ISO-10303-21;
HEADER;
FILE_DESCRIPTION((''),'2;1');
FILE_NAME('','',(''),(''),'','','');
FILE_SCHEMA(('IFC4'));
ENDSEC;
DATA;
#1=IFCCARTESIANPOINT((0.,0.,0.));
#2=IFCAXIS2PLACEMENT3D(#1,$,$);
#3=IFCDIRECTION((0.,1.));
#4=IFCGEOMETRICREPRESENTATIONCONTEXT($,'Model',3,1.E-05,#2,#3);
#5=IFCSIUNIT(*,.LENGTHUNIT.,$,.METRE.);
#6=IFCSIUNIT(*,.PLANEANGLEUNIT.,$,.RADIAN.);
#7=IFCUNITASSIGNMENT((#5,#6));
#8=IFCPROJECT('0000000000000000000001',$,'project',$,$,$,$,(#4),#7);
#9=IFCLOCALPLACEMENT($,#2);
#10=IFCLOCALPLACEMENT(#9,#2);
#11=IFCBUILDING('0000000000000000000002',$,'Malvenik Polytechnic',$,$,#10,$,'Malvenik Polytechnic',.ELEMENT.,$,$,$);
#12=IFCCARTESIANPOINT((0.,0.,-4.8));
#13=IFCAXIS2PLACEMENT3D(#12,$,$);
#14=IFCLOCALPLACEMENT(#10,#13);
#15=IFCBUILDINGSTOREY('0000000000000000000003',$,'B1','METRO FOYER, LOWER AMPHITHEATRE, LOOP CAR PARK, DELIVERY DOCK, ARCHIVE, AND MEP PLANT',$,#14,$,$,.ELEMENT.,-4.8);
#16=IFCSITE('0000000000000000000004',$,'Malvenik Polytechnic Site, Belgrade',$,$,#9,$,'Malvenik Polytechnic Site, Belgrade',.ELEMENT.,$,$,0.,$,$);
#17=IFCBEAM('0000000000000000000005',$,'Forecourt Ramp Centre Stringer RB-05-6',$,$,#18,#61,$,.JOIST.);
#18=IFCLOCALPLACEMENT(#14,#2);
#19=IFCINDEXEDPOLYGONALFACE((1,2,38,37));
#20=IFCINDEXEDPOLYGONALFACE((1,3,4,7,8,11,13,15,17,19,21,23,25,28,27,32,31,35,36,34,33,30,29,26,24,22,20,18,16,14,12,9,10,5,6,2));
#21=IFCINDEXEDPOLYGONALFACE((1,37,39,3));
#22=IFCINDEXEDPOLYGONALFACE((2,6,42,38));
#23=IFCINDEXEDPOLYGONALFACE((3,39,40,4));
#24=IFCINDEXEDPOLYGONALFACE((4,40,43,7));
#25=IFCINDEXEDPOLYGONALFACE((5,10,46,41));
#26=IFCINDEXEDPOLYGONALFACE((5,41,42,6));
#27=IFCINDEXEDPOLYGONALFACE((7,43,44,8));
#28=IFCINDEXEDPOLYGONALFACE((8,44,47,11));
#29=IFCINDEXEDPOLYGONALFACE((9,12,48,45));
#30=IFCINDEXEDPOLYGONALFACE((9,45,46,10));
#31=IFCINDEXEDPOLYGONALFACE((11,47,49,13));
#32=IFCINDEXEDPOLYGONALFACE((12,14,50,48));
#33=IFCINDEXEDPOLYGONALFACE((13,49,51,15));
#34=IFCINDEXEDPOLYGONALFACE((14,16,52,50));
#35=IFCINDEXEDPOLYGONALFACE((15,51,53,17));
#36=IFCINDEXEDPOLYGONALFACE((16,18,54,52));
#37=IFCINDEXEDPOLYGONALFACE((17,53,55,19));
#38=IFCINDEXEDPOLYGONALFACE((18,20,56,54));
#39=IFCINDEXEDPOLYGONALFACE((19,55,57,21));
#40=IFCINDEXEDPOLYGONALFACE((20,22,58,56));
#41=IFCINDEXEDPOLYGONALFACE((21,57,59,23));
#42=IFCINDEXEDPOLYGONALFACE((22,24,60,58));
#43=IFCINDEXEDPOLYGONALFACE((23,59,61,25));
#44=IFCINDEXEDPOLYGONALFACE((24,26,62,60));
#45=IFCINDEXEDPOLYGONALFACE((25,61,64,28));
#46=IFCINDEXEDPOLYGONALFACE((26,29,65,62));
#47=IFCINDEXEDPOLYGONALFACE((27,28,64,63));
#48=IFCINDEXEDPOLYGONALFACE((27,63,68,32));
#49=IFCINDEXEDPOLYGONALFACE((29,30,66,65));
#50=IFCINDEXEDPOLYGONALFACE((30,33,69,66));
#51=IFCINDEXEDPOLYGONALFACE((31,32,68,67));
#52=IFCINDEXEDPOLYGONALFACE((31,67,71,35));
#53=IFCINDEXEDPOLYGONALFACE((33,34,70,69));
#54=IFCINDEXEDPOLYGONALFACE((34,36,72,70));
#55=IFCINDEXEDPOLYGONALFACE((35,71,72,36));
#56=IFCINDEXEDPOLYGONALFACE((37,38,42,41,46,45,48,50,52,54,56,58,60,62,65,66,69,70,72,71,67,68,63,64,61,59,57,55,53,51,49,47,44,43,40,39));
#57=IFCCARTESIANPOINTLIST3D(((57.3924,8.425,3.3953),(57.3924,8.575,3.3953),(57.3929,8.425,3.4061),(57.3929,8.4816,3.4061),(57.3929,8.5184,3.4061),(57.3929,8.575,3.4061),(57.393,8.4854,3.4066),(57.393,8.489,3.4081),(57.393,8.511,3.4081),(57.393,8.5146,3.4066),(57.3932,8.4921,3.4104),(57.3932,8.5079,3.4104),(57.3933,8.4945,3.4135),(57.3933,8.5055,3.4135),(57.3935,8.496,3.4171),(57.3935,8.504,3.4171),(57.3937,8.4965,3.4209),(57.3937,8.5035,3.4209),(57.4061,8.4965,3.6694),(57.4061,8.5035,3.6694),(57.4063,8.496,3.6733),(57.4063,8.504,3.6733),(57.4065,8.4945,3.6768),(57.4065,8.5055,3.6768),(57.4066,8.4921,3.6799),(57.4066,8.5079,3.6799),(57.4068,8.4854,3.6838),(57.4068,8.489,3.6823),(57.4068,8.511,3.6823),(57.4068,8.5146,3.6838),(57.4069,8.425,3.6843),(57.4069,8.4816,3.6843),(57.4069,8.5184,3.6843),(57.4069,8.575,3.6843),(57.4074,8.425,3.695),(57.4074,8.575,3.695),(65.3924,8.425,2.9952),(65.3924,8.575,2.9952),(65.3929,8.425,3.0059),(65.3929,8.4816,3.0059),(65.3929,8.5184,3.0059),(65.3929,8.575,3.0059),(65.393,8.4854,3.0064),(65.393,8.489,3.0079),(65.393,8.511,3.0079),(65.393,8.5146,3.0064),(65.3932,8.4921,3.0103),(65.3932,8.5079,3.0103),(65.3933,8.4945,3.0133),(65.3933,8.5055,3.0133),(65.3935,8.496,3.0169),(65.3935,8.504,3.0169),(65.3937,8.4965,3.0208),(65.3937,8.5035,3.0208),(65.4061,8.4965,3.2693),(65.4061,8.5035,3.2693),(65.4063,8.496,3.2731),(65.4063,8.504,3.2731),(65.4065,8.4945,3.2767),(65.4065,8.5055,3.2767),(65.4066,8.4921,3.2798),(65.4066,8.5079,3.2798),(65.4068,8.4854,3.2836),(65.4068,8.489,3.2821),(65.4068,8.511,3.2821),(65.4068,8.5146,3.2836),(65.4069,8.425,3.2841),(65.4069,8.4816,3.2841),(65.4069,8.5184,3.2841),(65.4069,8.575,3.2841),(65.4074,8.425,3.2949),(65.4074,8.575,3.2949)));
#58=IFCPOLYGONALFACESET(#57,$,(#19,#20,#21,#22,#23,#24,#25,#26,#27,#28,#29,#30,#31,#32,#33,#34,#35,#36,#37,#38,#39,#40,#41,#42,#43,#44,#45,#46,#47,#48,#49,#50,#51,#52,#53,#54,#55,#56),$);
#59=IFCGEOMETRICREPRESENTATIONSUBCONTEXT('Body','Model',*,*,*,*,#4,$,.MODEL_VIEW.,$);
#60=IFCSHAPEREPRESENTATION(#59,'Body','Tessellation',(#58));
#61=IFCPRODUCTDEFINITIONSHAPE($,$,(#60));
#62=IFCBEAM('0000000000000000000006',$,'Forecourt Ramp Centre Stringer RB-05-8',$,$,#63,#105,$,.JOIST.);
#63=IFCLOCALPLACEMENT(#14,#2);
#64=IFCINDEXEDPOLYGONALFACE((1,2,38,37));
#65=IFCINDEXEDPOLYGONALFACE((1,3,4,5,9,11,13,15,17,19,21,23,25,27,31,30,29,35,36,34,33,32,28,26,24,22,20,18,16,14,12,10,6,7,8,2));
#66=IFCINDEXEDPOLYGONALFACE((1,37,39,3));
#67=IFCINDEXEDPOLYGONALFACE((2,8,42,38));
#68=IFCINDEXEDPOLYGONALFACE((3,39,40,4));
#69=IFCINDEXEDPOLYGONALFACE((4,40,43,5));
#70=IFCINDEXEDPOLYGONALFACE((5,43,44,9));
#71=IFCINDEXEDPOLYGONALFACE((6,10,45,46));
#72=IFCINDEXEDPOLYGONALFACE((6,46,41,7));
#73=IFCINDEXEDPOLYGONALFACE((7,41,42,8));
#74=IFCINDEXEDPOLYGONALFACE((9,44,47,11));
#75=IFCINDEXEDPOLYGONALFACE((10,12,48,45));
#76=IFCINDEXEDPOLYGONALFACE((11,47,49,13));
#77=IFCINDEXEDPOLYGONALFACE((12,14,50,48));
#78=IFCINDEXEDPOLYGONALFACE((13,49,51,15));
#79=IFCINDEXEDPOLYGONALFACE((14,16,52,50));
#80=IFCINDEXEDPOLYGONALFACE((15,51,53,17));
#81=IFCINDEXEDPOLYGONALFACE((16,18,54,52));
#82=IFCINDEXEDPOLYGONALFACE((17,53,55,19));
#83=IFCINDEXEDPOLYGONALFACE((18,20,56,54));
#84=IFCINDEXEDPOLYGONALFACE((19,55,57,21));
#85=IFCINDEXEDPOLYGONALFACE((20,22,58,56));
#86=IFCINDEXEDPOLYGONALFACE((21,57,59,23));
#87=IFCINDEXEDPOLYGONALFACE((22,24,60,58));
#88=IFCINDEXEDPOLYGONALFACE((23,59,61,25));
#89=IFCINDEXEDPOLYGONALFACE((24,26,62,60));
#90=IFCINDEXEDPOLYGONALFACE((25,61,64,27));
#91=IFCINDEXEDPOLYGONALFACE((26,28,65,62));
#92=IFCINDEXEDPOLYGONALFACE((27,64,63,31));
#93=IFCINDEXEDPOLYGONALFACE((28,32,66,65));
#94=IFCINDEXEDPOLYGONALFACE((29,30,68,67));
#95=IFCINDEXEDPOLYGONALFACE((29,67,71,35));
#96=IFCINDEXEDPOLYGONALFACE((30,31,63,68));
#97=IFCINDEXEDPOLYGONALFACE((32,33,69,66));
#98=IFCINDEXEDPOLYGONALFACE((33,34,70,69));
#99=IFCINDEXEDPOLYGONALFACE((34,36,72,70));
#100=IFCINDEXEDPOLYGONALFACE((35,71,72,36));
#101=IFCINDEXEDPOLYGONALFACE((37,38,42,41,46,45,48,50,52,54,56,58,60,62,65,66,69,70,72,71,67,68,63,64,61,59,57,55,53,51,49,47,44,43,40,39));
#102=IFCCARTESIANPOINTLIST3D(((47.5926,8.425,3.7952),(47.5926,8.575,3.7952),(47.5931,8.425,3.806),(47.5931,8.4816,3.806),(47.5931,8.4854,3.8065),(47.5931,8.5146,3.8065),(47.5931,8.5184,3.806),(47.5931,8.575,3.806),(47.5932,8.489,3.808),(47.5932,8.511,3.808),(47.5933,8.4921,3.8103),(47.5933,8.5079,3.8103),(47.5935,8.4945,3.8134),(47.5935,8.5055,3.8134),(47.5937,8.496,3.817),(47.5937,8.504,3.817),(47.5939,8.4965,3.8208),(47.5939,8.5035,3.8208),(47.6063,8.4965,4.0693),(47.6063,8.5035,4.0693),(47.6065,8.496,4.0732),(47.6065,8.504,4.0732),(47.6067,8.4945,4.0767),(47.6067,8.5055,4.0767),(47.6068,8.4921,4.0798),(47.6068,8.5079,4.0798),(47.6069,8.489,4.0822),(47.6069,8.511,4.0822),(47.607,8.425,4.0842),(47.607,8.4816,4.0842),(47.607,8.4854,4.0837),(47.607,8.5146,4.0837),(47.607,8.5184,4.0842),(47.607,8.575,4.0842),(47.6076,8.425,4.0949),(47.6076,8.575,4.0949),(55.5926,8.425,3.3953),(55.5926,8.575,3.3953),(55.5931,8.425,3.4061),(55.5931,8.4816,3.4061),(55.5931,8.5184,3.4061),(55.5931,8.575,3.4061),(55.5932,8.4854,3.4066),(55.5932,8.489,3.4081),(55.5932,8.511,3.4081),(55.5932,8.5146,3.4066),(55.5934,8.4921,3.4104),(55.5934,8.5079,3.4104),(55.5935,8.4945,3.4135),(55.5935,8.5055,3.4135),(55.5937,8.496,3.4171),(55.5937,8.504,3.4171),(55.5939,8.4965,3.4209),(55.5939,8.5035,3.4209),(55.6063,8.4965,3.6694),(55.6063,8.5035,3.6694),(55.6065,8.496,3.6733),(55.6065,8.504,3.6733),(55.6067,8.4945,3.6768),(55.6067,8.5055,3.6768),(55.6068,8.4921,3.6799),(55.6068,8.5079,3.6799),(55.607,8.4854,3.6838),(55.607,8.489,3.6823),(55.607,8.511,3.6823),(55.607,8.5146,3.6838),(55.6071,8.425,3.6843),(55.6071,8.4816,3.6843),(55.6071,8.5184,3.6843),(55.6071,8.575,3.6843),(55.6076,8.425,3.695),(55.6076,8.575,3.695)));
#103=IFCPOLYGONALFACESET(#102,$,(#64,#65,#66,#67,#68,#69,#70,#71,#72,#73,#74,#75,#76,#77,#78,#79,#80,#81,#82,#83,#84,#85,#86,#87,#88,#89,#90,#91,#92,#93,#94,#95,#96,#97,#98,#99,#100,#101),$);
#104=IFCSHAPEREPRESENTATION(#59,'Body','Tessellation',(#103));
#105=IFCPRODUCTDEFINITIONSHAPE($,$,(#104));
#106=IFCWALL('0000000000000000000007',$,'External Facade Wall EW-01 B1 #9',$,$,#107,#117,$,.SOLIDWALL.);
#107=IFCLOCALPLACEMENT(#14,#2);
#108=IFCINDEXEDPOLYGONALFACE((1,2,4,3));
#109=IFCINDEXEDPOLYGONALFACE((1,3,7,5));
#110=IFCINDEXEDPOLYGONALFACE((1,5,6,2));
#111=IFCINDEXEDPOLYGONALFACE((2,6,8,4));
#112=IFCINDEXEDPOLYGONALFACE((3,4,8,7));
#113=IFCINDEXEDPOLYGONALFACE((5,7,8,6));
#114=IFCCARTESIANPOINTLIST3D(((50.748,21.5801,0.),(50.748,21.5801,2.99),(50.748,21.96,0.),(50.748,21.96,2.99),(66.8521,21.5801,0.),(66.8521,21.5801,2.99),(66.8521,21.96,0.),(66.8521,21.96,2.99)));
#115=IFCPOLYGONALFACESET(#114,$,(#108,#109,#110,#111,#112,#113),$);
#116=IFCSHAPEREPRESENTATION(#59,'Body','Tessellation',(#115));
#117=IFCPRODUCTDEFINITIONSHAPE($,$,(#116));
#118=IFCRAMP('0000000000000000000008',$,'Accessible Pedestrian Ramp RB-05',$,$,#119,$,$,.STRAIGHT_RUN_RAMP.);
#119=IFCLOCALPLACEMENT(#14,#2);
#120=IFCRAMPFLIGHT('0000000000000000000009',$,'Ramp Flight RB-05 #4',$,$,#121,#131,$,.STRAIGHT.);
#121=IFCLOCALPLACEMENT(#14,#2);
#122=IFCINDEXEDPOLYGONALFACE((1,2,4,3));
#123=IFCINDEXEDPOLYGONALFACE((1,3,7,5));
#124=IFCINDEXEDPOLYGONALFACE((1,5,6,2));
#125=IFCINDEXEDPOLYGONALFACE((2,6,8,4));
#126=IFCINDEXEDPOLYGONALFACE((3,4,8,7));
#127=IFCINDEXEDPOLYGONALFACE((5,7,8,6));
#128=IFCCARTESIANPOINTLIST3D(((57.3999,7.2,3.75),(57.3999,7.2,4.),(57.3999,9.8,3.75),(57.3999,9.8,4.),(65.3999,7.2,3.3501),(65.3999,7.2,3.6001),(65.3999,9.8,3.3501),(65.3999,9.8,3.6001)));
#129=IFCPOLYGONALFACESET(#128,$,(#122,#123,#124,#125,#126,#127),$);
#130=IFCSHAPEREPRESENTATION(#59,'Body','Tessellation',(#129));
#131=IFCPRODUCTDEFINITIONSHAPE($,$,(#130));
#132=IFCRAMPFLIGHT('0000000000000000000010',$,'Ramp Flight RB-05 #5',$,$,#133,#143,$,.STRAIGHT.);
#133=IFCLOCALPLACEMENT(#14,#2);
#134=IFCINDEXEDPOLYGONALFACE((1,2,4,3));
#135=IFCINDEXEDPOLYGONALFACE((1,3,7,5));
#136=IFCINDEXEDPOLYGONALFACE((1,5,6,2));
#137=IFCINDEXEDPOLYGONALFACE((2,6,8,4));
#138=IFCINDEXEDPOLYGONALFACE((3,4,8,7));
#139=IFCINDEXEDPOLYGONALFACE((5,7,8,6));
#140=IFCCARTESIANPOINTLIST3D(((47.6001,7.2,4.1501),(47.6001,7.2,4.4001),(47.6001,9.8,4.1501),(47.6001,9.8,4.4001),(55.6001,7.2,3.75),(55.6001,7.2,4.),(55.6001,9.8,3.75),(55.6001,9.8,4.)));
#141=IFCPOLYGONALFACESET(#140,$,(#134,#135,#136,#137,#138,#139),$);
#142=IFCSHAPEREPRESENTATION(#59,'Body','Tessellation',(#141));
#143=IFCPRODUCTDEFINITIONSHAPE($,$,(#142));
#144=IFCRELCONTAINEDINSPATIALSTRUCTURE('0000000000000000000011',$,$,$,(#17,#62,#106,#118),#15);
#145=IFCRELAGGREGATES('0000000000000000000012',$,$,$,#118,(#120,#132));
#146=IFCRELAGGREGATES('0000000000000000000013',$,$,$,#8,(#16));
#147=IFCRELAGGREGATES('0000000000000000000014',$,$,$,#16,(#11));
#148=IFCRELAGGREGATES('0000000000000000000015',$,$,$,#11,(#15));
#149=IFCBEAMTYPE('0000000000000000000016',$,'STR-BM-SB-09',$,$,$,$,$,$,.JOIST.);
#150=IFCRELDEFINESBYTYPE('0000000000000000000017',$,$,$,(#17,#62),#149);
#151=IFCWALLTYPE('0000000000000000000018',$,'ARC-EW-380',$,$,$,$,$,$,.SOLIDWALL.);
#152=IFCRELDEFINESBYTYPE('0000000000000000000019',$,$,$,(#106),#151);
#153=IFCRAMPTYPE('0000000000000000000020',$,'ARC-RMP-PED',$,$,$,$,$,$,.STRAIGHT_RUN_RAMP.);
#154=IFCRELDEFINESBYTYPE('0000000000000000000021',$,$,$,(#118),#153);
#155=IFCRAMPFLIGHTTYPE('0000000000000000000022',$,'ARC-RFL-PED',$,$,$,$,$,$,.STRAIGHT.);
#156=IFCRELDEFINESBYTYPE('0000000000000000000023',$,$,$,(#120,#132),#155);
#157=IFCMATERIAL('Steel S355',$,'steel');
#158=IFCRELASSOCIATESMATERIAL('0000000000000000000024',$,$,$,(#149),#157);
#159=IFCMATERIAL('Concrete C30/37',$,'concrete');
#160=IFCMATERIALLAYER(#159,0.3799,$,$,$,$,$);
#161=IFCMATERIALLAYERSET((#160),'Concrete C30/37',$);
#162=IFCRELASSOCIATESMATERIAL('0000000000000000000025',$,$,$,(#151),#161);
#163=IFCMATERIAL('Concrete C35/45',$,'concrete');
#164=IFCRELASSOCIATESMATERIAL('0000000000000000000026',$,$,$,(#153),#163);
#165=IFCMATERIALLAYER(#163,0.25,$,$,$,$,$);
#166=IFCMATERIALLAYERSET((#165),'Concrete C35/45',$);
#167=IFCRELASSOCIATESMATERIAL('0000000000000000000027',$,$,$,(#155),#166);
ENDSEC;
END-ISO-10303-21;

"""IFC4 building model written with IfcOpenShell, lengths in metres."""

from ifc_helpers import new_model, si_unit, direction, frame, frame_2d, origin, origin_2d, place, context, subcontext, project, spatial, polyline, rectangle, i_section, outline, extrude, material, layer, layer_set, material_profile, profile_set, type_object, element, aggregate, save


model = new_model("IFC4")

# Units and contexts
model_context = context("Model", 3, precision=1e-05, world=origin(), true_north=direction((0.0, 1.0)))
body_context = subcontext(model_context, "Body", "Model", "MODEL_VIEW")
ifc_project = project(units=[si_unit("LENGTHUNIT", "METRE"), si_unit("PLANEANGLEUNIT", "RADIAN")], contexts=[model_context])

# Site, building, storey
site_placement = place(None, origin())
site = spatial("IfcSite", under=ifc_project, at=site_placement, Name="Malvenik Polytechnic Site, Belgrade", LongName="Malvenik Polytechnic Site, Belgrade", CompositionType="ELEMENT", RefElevation=0.0)
building_placement = place(site_placement, origin())
building = spatial("IfcBuilding", under=site, at=building_placement, Name="Malvenik Polytechnic", LongName="Malvenik Polytechnic", CompositionType="ELEMENT")
storey_placement = place(building_placement, frame((0.0, 0.0, -4.8)))
storey = spatial("IfcBuildingStorey", under=building, at=storey_placement, Name="B1", Description="METRO FOYER, LOWER AMPHITHEATRE, LOOP CAR PARK, DELIVERY DOCK, ARCHIVE, AND MEP PLANT", CompositionType="ELEMENT", Elevation=-4.8)

# Shared definitions
ifc_material_1 = material(Name="Concrete C35/45", Category="concrete")

# Shared definitions
ifc_material_2 = material(Name="Concrete C30/37", Category="concrete")

# Beams
ifc_material_3 = material(Name="Steel S355", Category="steel")
ifc_material_profile_1 = material_profile(ifc_material_3, i_section(OverallWidth=0.1499, OverallDepth=0.3, WebThickness=0.0071, FlangeThickness=0.0107, FilletRadius=0.0149, at=origin_2d()), Name="IPE 300")
ifc_profile_set_1 = profile_set([ifc_material_profile_1], Name="Steel S355")
beam_type = type_object("IfcBeamType", Name="STR-BM-SB-09", PredefinedType="JOIST", material=ifc_profile_set_1)
for number, where, z_axis, x_axis, name in (
    (1, (65.3999, 8.5, 3.145), (-0.998751, 0.0, 0.049956), (0.0, -1.0, 0.0), "Forecourt Ramp Centre Stringer RB-05-6"),
    (2, (55.6001, 8.5, 3.5452), (-0.998753, 0.0, 0.049925), (0.0, -1.0, 0.0), "Forecourt Ramp Centre Stringer RB-05-8"),
):
    element("IfcBeam", number, at=place(storey_placement, frame(where, z_axis=z_axis, x_axis=x_axis)), inside=storey, type_object=beam_type, Name=name, PredefinedType="JOIST", context=body_context, shape_type="SweptSolid", body=[
        extrude(i_section(OverallWidth=0.1499, OverallDepth=0.3, WebThickness=0.0071, FlangeThickness=0.0107, FilletRadius=0.0149, at=origin_2d()), origin(), (0.0, 0.0, 1.0), 8.01),
    ])

# Wall
ifc_layer_1 = layer(ifc_material_2, 0.3799)
ifc_layer_set_1 = layer_set([ifc_layer_1], Name="Concrete C30/37")
wall_type = type_object("IfcWallType", Name="ARC-EW-380", PredefinedType="SOLIDWALL", material=ifc_layer_set_1)
wall_placement = place(storey_placement, frame((66.8521, 21.77, 0.0), z_axis=(0.0, 0.0, 1.0), x_axis=(-1.0, 0.0, 0.0)))
element("IfcWall", 3, at=wall_placement, inside=storey, type_object=wall_type, Name="External Facade Wall EW-01 B1 #9", PredefinedType="SOLIDWALL", context=body_context, shape_type="SweptSolid", body=[
    extrude(rectangle(XDim=16.104, YDim=0.3799, at=frame_2d((8.052, 0.0))), origin(), (0.0, 0.0, 1.0), 2.99),
])

# Ramp, ramp flights
ramp_type = type_object("IfcRampType", Name="ARC-RMP-PED", PredefinedType="STRAIGHT_RUN_RAMP", material=ifc_material_1)
ramp_placement = place(storey_placement, origin())
ramp = element("IfcRamp", 4, at=ramp_placement, inside=storey, type_object=ramp_type, Name="Accessible Pedestrian Ramp RB-05", PredefinedType="STRAIGHT_RUN_RAMP")
ifc_layer_2 = layer(ifc_material_1, 0.25)
ifc_layer_set_2 = layer_set([ifc_layer_2], Name="Concrete C35/45")
ramp_flight_type = type_object("IfcRampFlightType", Name="ARC-RFL-PED", PredefinedType="STRAIGHT", material=ifc_layer_set_2)
ramp_flight_1_placement = place(storey_placement, frame((65.3999, 8.5, 3.6001), z_axis=(0.0, 0.0, 1.0), x_axis=(-1.0, 0.0, 0.0)))
ramp_flight_1 = element("IfcRampFlight", 5, at=ramp_flight_1_placement, type_object=ramp_flight_type, Name="Ramp Flight RB-05 #4", PredefinedType="STRAIGHT", context=body_context, shape_type="SweptSolid", body=[
    extrude(outline(polyline([(0.0, -0.25), (8.0, 0.1499), (8.0, 0.3999), (0.0, 0.0), (0.0, -0.25)])), frame((0.0, 1.3, 0.0), z_axis=(0.0, -1.0, 0.0), x_axis=(1.0, 0.0, 0.0)), (0.0, 0.0, 1.0), 2.6001),
])
ramp_flight_2_placement = place(storey_placement, frame((55.6001, 8.5, 4.0), z_axis=(0.0, 0.0, 1.0), x_axis=(-1.0, 0.0, 0.0)))
ramp_flight_2 = element("IfcRampFlight", 6, at=ramp_flight_2_placement, type_object=ramp_flight_type, Name="Ramp Flight RB-05 #5", PredefinedType="STRAIGHT", context=body_context, shape_type="SweptSolid", body=[
    extrude(outline(polyline([(0.0, -0.25), (8.0, 0.1501), (8.0, 0.4001), (0.0, 0.0), (0.0, -0.25)])), frame((0.0, 1.3, 0.0), z_axis=(0.0, -1.0, 0.0), x_axis=(1.0, 0.0, 0.0)), (0.0, 0.0, 1.0), 2.6001),
])
aggregate(ramp, [ramp_flight_1, ramp_flight_2])

save(model, "model.ifc")
